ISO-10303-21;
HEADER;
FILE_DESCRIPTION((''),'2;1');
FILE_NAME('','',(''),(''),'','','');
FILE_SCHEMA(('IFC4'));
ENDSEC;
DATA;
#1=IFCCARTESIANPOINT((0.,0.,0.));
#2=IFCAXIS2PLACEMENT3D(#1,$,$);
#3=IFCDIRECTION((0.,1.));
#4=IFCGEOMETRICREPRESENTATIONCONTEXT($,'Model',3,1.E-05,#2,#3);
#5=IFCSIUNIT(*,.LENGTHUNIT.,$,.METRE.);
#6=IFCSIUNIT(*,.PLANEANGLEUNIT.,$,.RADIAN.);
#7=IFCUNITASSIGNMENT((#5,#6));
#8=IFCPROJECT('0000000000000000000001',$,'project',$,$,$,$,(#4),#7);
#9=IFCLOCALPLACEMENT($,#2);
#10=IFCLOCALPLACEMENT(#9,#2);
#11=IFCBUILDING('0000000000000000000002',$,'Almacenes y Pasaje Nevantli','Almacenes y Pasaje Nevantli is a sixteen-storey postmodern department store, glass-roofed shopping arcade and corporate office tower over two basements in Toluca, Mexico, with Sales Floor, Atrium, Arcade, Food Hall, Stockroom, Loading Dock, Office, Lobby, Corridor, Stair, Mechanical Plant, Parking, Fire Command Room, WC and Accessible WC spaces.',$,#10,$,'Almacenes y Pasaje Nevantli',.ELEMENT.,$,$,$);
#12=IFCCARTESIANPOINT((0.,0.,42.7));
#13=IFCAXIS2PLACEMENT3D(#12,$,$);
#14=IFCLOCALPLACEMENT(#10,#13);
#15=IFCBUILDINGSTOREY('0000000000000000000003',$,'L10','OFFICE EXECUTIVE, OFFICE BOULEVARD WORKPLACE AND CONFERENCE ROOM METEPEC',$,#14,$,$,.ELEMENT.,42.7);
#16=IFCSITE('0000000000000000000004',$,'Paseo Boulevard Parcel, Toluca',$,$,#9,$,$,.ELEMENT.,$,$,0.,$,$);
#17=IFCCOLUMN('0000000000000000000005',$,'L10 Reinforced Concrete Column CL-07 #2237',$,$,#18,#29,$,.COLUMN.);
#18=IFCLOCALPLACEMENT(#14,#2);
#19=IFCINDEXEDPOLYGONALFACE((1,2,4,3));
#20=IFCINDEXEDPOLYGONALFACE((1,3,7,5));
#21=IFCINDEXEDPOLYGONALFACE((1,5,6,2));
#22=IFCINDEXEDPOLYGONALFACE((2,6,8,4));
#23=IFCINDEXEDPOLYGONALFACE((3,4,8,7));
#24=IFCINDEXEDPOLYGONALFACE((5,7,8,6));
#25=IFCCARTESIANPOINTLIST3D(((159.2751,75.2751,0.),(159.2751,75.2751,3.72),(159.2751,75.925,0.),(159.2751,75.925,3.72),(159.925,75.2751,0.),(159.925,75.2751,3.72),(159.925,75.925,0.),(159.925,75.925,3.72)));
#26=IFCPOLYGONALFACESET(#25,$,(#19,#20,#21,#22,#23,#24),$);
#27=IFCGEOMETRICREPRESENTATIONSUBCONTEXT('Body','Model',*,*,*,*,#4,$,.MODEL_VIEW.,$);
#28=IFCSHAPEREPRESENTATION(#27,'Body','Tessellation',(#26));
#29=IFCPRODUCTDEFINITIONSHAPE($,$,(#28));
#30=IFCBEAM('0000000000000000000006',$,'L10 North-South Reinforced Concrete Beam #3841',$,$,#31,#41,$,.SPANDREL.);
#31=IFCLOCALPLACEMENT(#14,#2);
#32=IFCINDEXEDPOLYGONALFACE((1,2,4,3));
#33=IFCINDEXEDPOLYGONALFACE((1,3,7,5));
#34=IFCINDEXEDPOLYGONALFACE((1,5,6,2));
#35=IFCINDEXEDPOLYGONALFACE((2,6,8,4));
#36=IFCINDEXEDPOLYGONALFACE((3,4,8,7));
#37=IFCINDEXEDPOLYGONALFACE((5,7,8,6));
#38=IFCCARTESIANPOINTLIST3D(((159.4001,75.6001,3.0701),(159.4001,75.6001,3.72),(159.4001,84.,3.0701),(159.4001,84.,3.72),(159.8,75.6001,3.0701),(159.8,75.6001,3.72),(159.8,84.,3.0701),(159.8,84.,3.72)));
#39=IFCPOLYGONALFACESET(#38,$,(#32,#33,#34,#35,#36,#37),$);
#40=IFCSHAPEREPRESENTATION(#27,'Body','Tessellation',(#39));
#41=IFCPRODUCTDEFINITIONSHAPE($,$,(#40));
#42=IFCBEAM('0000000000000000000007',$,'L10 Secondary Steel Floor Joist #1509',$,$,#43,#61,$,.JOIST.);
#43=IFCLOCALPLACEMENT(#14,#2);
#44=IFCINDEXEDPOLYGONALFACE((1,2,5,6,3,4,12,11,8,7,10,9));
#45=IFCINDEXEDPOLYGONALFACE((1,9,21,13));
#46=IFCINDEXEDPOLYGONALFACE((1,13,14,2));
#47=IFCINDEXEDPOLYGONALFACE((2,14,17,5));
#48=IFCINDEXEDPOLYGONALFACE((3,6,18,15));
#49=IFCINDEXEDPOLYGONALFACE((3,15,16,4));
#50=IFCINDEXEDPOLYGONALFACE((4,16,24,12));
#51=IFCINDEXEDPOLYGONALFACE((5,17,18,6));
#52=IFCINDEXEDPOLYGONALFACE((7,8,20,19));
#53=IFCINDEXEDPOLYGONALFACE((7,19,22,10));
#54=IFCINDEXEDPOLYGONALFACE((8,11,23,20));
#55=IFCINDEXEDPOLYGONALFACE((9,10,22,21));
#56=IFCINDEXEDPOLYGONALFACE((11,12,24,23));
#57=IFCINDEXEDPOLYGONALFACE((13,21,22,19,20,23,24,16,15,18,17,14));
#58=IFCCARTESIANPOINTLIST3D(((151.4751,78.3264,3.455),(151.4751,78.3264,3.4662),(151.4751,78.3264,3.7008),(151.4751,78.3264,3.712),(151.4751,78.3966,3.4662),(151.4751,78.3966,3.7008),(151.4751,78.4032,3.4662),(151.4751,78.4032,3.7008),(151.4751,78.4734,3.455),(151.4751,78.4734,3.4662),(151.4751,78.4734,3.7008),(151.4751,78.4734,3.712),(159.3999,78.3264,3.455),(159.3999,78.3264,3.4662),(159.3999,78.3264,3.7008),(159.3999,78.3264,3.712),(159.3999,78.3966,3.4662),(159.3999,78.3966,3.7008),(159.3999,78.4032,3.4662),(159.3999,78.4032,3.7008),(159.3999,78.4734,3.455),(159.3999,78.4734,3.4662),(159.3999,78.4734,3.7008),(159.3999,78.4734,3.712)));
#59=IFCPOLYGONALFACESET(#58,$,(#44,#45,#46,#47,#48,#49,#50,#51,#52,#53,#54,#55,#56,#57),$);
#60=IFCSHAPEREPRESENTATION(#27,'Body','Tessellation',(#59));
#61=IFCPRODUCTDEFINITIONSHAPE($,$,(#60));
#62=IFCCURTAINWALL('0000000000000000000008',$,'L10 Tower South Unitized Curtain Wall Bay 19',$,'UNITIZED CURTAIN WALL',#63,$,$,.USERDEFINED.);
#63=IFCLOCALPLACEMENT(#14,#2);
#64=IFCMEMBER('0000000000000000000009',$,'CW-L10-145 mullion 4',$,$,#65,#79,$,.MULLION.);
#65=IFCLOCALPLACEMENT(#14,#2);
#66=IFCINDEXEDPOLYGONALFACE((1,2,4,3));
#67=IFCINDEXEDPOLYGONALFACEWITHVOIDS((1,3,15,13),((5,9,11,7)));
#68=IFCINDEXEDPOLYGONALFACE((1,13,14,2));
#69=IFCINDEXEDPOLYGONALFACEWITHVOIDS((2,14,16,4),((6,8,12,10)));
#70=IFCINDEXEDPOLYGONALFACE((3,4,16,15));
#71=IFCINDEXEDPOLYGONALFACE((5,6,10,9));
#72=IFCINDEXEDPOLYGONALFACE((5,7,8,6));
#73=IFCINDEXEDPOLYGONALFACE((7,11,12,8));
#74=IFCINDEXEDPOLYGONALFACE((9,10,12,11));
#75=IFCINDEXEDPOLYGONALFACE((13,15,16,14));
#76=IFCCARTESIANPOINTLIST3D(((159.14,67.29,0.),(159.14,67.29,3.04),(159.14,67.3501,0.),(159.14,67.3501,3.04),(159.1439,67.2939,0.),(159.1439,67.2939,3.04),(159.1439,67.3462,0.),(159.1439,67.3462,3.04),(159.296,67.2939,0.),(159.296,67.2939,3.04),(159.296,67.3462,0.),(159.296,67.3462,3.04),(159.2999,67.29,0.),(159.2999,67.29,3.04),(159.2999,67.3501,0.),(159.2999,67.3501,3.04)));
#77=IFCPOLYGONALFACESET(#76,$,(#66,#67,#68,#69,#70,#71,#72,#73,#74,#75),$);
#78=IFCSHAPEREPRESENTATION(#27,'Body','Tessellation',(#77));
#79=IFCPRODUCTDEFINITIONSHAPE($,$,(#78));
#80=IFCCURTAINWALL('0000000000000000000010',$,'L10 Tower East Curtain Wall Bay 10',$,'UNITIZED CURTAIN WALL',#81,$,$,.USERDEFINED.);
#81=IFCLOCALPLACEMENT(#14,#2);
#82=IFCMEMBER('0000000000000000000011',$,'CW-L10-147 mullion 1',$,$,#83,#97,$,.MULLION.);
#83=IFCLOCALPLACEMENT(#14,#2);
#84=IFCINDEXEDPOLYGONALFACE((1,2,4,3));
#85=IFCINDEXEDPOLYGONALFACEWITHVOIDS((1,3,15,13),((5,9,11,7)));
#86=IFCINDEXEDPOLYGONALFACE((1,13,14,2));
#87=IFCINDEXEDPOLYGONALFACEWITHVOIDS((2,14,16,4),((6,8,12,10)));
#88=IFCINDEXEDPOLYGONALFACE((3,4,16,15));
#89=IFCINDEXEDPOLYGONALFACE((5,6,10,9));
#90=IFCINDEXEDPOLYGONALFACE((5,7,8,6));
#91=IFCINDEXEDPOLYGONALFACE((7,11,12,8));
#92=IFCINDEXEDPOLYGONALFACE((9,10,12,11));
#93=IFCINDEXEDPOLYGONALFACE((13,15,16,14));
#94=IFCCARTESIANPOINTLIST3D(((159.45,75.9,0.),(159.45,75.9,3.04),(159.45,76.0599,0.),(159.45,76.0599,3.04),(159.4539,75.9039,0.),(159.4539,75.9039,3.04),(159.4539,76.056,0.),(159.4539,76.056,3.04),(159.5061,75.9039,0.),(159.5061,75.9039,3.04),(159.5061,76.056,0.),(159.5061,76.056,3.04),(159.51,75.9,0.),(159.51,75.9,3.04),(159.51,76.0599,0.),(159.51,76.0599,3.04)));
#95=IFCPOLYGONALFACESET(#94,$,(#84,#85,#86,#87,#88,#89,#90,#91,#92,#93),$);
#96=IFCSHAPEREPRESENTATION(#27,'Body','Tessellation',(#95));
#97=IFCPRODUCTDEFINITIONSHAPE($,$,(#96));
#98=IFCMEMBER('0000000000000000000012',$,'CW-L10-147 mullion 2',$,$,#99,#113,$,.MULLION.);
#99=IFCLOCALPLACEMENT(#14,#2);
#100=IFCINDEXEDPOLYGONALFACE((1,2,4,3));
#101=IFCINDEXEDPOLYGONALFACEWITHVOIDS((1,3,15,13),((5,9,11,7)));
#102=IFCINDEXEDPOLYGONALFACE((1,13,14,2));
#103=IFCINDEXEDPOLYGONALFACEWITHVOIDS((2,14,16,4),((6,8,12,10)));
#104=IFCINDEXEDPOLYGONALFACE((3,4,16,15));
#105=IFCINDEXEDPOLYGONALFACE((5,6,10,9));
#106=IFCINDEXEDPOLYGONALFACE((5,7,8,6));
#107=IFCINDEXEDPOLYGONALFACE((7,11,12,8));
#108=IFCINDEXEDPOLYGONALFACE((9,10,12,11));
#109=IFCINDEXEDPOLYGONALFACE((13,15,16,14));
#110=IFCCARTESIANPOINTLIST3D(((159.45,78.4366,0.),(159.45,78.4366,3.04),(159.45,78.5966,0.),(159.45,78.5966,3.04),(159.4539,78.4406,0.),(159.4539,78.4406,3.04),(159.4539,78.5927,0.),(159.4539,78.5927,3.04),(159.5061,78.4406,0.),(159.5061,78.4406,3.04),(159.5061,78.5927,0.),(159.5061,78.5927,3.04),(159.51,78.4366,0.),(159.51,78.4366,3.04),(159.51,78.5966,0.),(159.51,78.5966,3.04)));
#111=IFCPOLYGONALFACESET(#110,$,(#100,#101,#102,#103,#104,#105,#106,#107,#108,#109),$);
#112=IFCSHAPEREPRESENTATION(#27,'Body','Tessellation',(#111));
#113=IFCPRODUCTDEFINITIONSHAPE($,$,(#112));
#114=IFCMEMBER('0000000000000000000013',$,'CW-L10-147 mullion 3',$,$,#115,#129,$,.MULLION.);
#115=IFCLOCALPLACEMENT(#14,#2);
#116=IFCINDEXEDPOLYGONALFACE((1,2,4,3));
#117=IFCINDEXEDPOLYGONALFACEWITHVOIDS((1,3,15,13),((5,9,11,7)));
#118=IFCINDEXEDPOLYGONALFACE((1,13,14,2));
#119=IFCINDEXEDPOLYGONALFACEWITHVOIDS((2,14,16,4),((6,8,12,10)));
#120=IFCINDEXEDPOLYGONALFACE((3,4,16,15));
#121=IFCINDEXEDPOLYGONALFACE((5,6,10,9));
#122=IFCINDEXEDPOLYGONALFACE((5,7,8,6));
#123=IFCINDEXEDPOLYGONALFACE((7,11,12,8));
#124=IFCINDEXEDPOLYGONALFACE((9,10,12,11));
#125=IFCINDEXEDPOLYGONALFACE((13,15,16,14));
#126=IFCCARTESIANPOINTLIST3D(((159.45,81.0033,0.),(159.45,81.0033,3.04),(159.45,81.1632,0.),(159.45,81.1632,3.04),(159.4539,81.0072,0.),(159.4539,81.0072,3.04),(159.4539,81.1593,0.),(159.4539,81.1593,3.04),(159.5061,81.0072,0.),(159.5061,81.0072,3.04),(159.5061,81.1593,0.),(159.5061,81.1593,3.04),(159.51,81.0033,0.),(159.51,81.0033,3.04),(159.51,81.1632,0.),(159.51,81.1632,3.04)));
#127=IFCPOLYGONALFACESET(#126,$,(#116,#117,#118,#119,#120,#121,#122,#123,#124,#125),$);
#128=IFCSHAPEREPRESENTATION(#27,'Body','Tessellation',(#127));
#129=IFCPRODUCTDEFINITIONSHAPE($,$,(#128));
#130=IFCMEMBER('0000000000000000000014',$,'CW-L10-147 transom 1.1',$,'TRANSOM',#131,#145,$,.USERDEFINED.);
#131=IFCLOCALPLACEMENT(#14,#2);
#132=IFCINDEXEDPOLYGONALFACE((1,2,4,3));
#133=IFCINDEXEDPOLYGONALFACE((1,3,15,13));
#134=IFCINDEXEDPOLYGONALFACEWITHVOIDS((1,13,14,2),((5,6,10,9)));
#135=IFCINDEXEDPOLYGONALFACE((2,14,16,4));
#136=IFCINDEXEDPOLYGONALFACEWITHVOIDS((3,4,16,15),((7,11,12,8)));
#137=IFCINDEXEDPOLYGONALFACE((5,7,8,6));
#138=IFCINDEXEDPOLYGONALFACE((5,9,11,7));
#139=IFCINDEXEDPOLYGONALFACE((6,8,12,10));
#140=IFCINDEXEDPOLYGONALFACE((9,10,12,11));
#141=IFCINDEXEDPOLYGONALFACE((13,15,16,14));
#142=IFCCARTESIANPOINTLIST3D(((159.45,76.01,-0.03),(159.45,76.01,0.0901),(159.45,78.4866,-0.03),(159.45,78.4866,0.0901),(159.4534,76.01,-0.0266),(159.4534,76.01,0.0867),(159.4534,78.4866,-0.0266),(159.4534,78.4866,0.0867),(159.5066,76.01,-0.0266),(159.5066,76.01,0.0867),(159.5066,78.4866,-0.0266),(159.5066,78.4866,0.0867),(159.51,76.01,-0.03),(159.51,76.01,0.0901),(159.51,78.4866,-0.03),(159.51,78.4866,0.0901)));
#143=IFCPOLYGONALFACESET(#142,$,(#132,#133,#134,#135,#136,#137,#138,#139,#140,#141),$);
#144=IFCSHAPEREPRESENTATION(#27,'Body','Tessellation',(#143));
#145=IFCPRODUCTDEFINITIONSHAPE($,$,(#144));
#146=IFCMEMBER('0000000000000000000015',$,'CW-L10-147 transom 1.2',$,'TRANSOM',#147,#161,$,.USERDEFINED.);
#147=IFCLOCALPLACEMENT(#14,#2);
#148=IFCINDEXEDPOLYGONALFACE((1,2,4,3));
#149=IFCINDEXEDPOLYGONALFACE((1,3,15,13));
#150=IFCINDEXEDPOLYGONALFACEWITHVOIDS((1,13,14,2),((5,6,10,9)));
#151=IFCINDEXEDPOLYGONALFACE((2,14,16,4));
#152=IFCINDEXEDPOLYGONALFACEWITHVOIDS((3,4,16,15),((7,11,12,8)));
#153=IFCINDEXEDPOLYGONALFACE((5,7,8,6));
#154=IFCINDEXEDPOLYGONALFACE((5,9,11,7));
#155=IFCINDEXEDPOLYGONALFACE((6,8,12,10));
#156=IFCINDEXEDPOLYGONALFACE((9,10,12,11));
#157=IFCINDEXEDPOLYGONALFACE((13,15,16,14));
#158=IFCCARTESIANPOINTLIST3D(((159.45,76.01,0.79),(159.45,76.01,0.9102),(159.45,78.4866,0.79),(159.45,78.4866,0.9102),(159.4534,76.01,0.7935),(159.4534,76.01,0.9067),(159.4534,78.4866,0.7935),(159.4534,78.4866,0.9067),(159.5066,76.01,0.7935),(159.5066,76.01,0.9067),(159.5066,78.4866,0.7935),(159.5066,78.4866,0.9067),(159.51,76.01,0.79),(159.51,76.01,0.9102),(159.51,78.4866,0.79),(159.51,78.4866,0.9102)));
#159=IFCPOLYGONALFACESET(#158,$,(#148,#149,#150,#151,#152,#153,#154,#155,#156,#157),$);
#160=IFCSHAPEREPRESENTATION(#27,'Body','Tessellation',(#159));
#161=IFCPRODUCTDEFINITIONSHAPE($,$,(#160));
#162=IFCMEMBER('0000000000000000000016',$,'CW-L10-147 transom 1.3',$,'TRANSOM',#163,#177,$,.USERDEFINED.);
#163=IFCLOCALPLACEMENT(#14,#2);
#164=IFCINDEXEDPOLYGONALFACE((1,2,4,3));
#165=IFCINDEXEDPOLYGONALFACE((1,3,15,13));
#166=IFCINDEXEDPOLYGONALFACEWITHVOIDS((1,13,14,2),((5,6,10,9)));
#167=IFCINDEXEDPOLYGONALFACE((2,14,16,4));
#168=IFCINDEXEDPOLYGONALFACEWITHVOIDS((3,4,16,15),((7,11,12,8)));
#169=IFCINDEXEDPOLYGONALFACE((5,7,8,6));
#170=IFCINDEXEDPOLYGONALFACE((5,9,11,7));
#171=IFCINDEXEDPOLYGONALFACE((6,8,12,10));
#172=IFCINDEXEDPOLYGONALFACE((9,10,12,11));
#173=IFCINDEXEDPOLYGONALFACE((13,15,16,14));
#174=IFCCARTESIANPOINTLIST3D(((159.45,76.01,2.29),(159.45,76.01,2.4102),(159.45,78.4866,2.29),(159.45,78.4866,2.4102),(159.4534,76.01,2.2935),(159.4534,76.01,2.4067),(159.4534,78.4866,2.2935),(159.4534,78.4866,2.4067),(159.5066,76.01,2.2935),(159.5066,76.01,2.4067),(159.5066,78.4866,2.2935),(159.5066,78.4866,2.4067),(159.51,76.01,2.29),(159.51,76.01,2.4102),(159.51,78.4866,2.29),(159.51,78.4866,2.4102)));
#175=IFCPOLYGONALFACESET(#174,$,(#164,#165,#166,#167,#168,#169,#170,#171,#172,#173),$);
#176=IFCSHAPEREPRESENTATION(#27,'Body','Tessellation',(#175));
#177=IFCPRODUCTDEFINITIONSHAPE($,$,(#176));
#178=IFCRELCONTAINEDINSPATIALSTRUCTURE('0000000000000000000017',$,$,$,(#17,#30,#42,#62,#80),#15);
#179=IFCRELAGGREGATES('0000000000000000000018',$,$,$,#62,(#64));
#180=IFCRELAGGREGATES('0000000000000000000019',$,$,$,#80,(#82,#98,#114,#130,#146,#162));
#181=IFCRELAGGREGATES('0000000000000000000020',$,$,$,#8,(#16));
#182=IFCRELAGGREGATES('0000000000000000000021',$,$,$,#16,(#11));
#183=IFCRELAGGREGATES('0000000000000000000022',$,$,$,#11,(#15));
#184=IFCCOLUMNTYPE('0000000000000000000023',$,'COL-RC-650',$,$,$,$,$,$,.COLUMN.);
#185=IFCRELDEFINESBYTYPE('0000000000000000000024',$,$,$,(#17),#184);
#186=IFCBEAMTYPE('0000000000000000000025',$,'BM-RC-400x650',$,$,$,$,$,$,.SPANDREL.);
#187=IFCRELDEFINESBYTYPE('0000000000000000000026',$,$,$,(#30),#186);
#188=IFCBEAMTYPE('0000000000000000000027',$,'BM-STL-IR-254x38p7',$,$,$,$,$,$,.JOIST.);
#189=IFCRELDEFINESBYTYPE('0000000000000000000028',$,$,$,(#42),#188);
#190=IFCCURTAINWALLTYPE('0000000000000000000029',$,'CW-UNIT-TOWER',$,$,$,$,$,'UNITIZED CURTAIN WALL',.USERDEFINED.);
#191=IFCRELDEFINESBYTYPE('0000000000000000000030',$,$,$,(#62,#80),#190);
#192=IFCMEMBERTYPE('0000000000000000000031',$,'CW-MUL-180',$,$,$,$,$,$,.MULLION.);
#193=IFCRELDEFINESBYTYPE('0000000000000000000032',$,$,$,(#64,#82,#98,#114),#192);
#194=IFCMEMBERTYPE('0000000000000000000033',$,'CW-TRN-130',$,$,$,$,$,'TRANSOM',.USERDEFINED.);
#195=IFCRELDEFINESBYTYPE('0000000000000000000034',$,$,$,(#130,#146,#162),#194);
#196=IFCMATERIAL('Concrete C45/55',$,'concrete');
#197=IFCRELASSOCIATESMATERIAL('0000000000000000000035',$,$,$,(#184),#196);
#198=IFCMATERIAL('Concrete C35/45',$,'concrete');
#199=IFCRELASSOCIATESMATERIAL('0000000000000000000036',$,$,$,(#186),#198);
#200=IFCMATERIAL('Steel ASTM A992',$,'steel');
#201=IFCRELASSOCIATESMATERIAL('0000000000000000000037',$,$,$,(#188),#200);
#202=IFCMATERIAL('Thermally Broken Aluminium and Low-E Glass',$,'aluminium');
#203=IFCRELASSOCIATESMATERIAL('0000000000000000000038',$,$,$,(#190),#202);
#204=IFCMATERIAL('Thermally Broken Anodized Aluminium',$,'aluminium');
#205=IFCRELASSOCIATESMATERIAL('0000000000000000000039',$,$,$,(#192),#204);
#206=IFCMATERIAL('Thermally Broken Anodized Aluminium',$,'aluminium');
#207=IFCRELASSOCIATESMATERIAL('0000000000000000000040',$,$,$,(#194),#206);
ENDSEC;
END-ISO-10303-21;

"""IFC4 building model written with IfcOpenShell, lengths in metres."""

from ifc_helpers import new_model, si_unit, direction, frame, origin, origin_2d, place, context, subcontext, project, spatial, rectangle, hollow_rectangle, i_section, extrude, material, material_profile, profile_set, type_object, element, aggregate, save


model = new_model("IFC4")

# Units and contexts
model_context = context("Model", 3, precision=1e-05, world=origin(), true_north=direction((0.0, 1.0)))
body_context = subcontext(model_context, "Body", "Model", "MODEL_VIEW")
ifc_project = project(units=[si_unit("LENGTHUNIT", "METRE"), si_unit("PLANEANGLEUNIT", "RADIAN")], contexts=[model_context])

# Site, building, storey
site_placement = place(None, origin())
site = spatial("IfcSite", under=ifc_project, at=site_placement, Name="Paseo Boulevard Parcel, Toluca", CompositionType="ELEMENT", RefElevation=0.0)
building_placement = place(site_placement, origin())
building = spatial("IfcBuilding", under=site, at=building_placement, Name="Almacenes y Pasaje Nevantli", Description="Almacenes y Pasaje Nevantli is a sixteen-storey postmodern department store, glass-roofed shopping arcade and corporate office tower over two basements in Toluca, Mexico, with Sales Floor, Atrium, Arcade, Food Hall, Stockroom, Loading Dock, Office, Lobby, Corridor, Stair, Mechanical Plant, Parking, Fire Command Room, WC and Accessible WC spaces.", LongName="Almacenes y Pasaje Nevantli", CompositionType="ELEMENT")
storey_placement = place(building_placement, frame((0.0, 0.0, 42.7)))
storey = spatial("IfcBuildingStorey", under=building, at=storey_placement, Name="L10", Description="OFFICE EXECUTIVE, OFFICE BOULEVARD WORKPLACE AND CONFERENCE ROOM METEPEC", CompositionType="ELEMENT", Elevation=42.7)

# Column
ifc_material_1 = material(Name="Concrete C45/55", Category="concrete")
ifc_material_profile_1 = material_profile(ifc_material_1, rectangle(XDim=0.6499, YDim=0.6499, at=origin_2d()), Name="RC-COL-650x650")
ifc_profile_set_1 = profile_set([ifc_material_profile_1], Name="Concrete C45/55")
column_type = type_object("IfcColumnType", Name="COL-RC-650", PredefinedType="COLUMN", material=ifc_profile_set_1)
column_placement = place(storey_placement, frame((159.6001, 75.6001, 0.0), z_axis=(0.0, 0.0, 1.0), x_axis=(1.0, 0.0, 0.0)))
element("IfcColumn", 1, at=column_placement, inside=storey, type_object=column_type, Name="L10 Reinforced Concrete Column CL-07 #2237", PredefinedType="COLUMN", context=body_context, shape_type="SweptSolid", body=[
    extrude(rectangle(XDim=0.6499, YDim=0.6499, at=origin_2d()), origin(), (0.0, 0.0, 1.0), 3.72),
])

# Beams
ifc_material_2 = material(Name="Concrete C35/45", Category="concrete")
ifc_material_profile_2 = material_profile(ifc_material_2, rectangle(XDim=0.3999, YDim=0.6499, at=origin_2d()), Name="RC-BM-400x650")
ifc_profile_set_2 = profile_set([ifc_material_profile_2], Name="Concrete C35/45")
beam_type_1 = type_object("IfcBeamType", Name="BM-RC-400x650", PredefinedType="SPANDREL", material=ifc_profile_set_2)
beam_1_placement = place(storey_placement, frame((159.6001, 75.6001, 3.395), z_axis=(0.0, 1.0, 0.0), x_axis=(-1.0, 0.0, 0.0)))
element("IfcBeam", 2, at=beam_1_placement, inside=storey, type_object=beam_type_1, Name="L10 North-South Reinforced Concrete Beam #3841", PredefinedType="SPANDREL", context=body_context, shape_type="SweptSolid", body=[
    extrude(rectangle(XDim=0.3999, YDim=0.6499, at=origin_2d()), origin(), (0.0, 0.0, 1.0), 8.3999),
])
ifc_material_3 = material(Name="Steel ASTM A992", Category="steel")
ifc_material_profile_3 = material_profile(ifc_material_3, i_section(OverallWidth=0.147, OverallDepth=0.2571, WebThickness=0.0066, FlangeThickness=0.0112, at=origin_2d()), Name="IR 254x38.7")
ifc_profile_set_3 = profile_set([ifc_material_profile_3], Name="Steel ASTM A992")
beam_type_2 = type_object("IfcBeamType", Name="BM-STL-IR-254x38p7", PredefinedType="JOIST", material=ifc_profile_set_3)
beam_2_placement = place(storey_placement, frame((151.4751, 78.3999, 3.5835), z_axis=(1.0, 0.0, 0.0), x_axis=(0.0, 1.0, 0.0)))
element("IfcBeam", 3, at=beam_2_placement, inside=storey, type_object=beam_type_2, Name="L10 Secondary Steel Floor Joist #1509", PredefinedType="JOIST", context=body_context, shape_type="SweptSolid", body=[
    extrude(i_section(OverallWidth=0.147, OverallDepth=0.2571, WebThickness=0.0066, FlangeThickness=0.0112, at=origin_2d()), origin(), (0.0, 0.0, 1.0), 7.9248),
])

# Curtain wall, member
ifc_material_4 = material(Name="Thermally Broken Aluminium and Low-E Glass", Category="aluminium")
curtain_wall_type = type_object("IfcCurtainWallType", Name="CW-UNIT-TOWER", ElementType="UNITIZED CURTAIN WALL", PredefinedType="USERDEFINED", material=ifc_material_4)
curtain_wall_1_placement = place(storey_placement, origin())
curtain_wall_1 = element("IfcCurtainWall", 4, at=curtain_wall_1_placement, inside=storey, type_object=curtain_wall_type, Name="L10 Tower South Unitized Curtain Wall Bay 19", ObjectType="UNITIZED CURTAIN WALL", PredefinedType="USERDEFINED")
ifc_material_5 = material(Name="Thermally Broken Anodized Aluminium", Category="aluminium")
ifc_material_profile_4 = material_profile(ifc_material_5, hollow_rectangle(XDim=0.0601, YDim=0.1599, WallThickness=0.0039, at=origin_2d()), Name="ALU-MUL-60x160")
ifc_profile_set_4 = profile_set([ifc_material_profile_4], Name="Thermally Broken Anodized Aluminium")
member_type_1 = type_object("IfcMemberType", Name="CW-MUL-180", PredefinedType="MULLION", material=ifc_profile_set_4)
member_1_placement = place(storey_placement, frame((159.22, 67.3201, 0.0), z_axis=(0.0, 0.0, 1.0), x_axis=(0.0, 1.0, 0.0)))
member_1 = element("IfcMember", 5, at=member_1_placement, type_object=member_type_1, Name="CW-L10-145 mullion 4", PredefinedType="MULLION", context=body_context, shape_type="SweptSolid", body=[
    extrude(hollow_rectangle(XDim=0.0601, YDim=0.1599, WallThickness=0.0039, at=origin_2d()), origin(), (0.0, 0.0, 1.0), 3.04),
])
aggregate(curtain_wall_1, [member_1])

# Curtain wall, members
curtain_wall_2_placement = place(storey_placement, origin())
curtain_wall_2 = element("IfcCurtainWall", 6, at=curtain_wall_2_placement, inside=storey, type_object=curtain_wall_type, Name="L10 Tower East Curtain Wall Bay 10", ObjectType="UNITIZED CURTAIN WALL", PredefinedType="USERDEFINED")
member_2_placement = place(storey_placement, frame((159.48, 75.98, 0.0), z_axis=(0.0, 0.0, 1.0), x_axis=(-1.0, 0.0, 0.0)))
member_2 = element("IfcMember", 7, at=member_2_placement, type_object=member_type_1, Name="CW-L10-147 mullion 1", PredefinedType="MULLION", context=body_context, shape_type="SweptSolid", body=[
    extrude(hollow_rectangle(XDim=0.0601, YDim=0.1599, WallThickness=0.0039, at=origin_2d()), origin(), (0.0, 0.0, 1.0), 3.04),
])
member_3_placement = place(storey_placement, frame((159.48, 78.5166, 0.0), z_axis=(0.0, 0.0, 1.0), x_axis=(-1.0, 0.0, 0.0)))
member_3 = element("IfcMember", 8, at=member_3_placement, type_object=member_type_1, Name="CW-L10-147 mullion 2", PredefinedType="MULLION", context=body_context, shape_type="SweptSolid", body=[
    extrude(hollow_rectangle(XDim=0.0601, YDim=0.1599, WallThickness=0.0039, at=origin_2d()), origin(), (0.0, 0.0, 1.0), 3.04),
])
member_4_placement = place(storey_placement, frame((159.48, 81.0833, 0.0), z_axis=(0.0, 0.0, 1.0), x_axis=(-1.0, 0.0, 0.0)))
member_4 = element("IfcMember", 9, at=member_4_placement, type_object=member_type_1, Name="CW-L10-147 mullion 3", PredefinedType="MULLION", context=body_context, shape_type="SweptSolid", body=[
    extrude(hollow_rectangle(XDim=0.0601, YDim=0.1599, WallThickness=0.0039, at=origin_2d()), origin(), (0.0, 0.0, 1.0), 3.04),
])
ifc_material_6 = material(Name="Thermally Broken Anodized Aluminium", Category="aluminium")
ifc_material_profile_5 = material_profile(ifc_material_6, hollow_rectangle(XDim=0.0601, YDim=0.1201, WallThickness=0.0034, at=origin_2d()), Name="ALU-TRN-60x120")
ifc_profile_set_5 = profile_set([ifc_material_profile_5], Name="Thermally Broken Anodized Aluminium")
member_type_2 = type_object("IfcMemberType", Name="CW-TRN-130", ElementType="TRANSOM", PredefinedType="USERDEFINED", material=ifc_profile_set_5)
member_5_placement = place(storey_placement, frame((159.48, 76.01, 0.03), z_axis=(0.0, 1.0, 0.0), x_axis=(-1.0, 0.0, 0.0)))
member_5 = element("IfcMember", 10, at=member_5_placement, type_object=member_type_2, Name="CW-L10-147 transom 1.1", ObjectType="TRANSOM", PredefinedType="USERDEFINED", context=body_context, shape_type="SweptSolid", body=[
    extrude(hollow_rectangle(XDim=0.0601, YDim=0.1201, WallThickness=0.0034, at=origin_2d()), origin(), (0.0, 0.0, 1.0), 2.4766),
])
member_6_placement = place(storey_placement, frame((159.48, 76.01, 0.8501), z_axis=(0.0, 1.0, 0.0), x_axis=(-1.0, 0.0, 0.0)))
member_6 = element("IfcMember", 11, at=member_6_placement, type_object=member_type_2, Name="CW-L10-147 transom 1.2", ObjectType="TRANSOM", PredefinedType="USERDEFINED", context=body_context, shape_type="SweptSolid", body=[
    extrude(hollow_rectangle(XDim=0.0601, YDim=0.1201, WallThickness=0.0034, at=origin_2d()), origin(), (0.0, 0.0, 1.0), 2.4766),
])
member_7_placement = place(storey_placement, frame((159.48, 76.01, 2.3501), z_axis=(0.0, 1.0, 0.0), x_axis=(-1.0, 0.0, 0.0)))
member_7 = element("IfcMember", 12, at=member_7_placement, type_object=member_type_2, Name="CW-L10-147 transom 1.3", ObjectType="TRANSOM", PredefinedType="USERDEFINED", context=body_context, shape_type="SweptSolid", body=[
    extrude(hollow_rectangle(XDim=0.0601, YDim=0.1201, WallThickness=0.0034, at=origin_2d()), origin(), (0.0, 0.0, 1.0), 2.4766),
])
aggregate(curtain_wall_2, [member_2, member_3, member_4, member_5, member_6, member_7])

save(model, "model.ifc")
